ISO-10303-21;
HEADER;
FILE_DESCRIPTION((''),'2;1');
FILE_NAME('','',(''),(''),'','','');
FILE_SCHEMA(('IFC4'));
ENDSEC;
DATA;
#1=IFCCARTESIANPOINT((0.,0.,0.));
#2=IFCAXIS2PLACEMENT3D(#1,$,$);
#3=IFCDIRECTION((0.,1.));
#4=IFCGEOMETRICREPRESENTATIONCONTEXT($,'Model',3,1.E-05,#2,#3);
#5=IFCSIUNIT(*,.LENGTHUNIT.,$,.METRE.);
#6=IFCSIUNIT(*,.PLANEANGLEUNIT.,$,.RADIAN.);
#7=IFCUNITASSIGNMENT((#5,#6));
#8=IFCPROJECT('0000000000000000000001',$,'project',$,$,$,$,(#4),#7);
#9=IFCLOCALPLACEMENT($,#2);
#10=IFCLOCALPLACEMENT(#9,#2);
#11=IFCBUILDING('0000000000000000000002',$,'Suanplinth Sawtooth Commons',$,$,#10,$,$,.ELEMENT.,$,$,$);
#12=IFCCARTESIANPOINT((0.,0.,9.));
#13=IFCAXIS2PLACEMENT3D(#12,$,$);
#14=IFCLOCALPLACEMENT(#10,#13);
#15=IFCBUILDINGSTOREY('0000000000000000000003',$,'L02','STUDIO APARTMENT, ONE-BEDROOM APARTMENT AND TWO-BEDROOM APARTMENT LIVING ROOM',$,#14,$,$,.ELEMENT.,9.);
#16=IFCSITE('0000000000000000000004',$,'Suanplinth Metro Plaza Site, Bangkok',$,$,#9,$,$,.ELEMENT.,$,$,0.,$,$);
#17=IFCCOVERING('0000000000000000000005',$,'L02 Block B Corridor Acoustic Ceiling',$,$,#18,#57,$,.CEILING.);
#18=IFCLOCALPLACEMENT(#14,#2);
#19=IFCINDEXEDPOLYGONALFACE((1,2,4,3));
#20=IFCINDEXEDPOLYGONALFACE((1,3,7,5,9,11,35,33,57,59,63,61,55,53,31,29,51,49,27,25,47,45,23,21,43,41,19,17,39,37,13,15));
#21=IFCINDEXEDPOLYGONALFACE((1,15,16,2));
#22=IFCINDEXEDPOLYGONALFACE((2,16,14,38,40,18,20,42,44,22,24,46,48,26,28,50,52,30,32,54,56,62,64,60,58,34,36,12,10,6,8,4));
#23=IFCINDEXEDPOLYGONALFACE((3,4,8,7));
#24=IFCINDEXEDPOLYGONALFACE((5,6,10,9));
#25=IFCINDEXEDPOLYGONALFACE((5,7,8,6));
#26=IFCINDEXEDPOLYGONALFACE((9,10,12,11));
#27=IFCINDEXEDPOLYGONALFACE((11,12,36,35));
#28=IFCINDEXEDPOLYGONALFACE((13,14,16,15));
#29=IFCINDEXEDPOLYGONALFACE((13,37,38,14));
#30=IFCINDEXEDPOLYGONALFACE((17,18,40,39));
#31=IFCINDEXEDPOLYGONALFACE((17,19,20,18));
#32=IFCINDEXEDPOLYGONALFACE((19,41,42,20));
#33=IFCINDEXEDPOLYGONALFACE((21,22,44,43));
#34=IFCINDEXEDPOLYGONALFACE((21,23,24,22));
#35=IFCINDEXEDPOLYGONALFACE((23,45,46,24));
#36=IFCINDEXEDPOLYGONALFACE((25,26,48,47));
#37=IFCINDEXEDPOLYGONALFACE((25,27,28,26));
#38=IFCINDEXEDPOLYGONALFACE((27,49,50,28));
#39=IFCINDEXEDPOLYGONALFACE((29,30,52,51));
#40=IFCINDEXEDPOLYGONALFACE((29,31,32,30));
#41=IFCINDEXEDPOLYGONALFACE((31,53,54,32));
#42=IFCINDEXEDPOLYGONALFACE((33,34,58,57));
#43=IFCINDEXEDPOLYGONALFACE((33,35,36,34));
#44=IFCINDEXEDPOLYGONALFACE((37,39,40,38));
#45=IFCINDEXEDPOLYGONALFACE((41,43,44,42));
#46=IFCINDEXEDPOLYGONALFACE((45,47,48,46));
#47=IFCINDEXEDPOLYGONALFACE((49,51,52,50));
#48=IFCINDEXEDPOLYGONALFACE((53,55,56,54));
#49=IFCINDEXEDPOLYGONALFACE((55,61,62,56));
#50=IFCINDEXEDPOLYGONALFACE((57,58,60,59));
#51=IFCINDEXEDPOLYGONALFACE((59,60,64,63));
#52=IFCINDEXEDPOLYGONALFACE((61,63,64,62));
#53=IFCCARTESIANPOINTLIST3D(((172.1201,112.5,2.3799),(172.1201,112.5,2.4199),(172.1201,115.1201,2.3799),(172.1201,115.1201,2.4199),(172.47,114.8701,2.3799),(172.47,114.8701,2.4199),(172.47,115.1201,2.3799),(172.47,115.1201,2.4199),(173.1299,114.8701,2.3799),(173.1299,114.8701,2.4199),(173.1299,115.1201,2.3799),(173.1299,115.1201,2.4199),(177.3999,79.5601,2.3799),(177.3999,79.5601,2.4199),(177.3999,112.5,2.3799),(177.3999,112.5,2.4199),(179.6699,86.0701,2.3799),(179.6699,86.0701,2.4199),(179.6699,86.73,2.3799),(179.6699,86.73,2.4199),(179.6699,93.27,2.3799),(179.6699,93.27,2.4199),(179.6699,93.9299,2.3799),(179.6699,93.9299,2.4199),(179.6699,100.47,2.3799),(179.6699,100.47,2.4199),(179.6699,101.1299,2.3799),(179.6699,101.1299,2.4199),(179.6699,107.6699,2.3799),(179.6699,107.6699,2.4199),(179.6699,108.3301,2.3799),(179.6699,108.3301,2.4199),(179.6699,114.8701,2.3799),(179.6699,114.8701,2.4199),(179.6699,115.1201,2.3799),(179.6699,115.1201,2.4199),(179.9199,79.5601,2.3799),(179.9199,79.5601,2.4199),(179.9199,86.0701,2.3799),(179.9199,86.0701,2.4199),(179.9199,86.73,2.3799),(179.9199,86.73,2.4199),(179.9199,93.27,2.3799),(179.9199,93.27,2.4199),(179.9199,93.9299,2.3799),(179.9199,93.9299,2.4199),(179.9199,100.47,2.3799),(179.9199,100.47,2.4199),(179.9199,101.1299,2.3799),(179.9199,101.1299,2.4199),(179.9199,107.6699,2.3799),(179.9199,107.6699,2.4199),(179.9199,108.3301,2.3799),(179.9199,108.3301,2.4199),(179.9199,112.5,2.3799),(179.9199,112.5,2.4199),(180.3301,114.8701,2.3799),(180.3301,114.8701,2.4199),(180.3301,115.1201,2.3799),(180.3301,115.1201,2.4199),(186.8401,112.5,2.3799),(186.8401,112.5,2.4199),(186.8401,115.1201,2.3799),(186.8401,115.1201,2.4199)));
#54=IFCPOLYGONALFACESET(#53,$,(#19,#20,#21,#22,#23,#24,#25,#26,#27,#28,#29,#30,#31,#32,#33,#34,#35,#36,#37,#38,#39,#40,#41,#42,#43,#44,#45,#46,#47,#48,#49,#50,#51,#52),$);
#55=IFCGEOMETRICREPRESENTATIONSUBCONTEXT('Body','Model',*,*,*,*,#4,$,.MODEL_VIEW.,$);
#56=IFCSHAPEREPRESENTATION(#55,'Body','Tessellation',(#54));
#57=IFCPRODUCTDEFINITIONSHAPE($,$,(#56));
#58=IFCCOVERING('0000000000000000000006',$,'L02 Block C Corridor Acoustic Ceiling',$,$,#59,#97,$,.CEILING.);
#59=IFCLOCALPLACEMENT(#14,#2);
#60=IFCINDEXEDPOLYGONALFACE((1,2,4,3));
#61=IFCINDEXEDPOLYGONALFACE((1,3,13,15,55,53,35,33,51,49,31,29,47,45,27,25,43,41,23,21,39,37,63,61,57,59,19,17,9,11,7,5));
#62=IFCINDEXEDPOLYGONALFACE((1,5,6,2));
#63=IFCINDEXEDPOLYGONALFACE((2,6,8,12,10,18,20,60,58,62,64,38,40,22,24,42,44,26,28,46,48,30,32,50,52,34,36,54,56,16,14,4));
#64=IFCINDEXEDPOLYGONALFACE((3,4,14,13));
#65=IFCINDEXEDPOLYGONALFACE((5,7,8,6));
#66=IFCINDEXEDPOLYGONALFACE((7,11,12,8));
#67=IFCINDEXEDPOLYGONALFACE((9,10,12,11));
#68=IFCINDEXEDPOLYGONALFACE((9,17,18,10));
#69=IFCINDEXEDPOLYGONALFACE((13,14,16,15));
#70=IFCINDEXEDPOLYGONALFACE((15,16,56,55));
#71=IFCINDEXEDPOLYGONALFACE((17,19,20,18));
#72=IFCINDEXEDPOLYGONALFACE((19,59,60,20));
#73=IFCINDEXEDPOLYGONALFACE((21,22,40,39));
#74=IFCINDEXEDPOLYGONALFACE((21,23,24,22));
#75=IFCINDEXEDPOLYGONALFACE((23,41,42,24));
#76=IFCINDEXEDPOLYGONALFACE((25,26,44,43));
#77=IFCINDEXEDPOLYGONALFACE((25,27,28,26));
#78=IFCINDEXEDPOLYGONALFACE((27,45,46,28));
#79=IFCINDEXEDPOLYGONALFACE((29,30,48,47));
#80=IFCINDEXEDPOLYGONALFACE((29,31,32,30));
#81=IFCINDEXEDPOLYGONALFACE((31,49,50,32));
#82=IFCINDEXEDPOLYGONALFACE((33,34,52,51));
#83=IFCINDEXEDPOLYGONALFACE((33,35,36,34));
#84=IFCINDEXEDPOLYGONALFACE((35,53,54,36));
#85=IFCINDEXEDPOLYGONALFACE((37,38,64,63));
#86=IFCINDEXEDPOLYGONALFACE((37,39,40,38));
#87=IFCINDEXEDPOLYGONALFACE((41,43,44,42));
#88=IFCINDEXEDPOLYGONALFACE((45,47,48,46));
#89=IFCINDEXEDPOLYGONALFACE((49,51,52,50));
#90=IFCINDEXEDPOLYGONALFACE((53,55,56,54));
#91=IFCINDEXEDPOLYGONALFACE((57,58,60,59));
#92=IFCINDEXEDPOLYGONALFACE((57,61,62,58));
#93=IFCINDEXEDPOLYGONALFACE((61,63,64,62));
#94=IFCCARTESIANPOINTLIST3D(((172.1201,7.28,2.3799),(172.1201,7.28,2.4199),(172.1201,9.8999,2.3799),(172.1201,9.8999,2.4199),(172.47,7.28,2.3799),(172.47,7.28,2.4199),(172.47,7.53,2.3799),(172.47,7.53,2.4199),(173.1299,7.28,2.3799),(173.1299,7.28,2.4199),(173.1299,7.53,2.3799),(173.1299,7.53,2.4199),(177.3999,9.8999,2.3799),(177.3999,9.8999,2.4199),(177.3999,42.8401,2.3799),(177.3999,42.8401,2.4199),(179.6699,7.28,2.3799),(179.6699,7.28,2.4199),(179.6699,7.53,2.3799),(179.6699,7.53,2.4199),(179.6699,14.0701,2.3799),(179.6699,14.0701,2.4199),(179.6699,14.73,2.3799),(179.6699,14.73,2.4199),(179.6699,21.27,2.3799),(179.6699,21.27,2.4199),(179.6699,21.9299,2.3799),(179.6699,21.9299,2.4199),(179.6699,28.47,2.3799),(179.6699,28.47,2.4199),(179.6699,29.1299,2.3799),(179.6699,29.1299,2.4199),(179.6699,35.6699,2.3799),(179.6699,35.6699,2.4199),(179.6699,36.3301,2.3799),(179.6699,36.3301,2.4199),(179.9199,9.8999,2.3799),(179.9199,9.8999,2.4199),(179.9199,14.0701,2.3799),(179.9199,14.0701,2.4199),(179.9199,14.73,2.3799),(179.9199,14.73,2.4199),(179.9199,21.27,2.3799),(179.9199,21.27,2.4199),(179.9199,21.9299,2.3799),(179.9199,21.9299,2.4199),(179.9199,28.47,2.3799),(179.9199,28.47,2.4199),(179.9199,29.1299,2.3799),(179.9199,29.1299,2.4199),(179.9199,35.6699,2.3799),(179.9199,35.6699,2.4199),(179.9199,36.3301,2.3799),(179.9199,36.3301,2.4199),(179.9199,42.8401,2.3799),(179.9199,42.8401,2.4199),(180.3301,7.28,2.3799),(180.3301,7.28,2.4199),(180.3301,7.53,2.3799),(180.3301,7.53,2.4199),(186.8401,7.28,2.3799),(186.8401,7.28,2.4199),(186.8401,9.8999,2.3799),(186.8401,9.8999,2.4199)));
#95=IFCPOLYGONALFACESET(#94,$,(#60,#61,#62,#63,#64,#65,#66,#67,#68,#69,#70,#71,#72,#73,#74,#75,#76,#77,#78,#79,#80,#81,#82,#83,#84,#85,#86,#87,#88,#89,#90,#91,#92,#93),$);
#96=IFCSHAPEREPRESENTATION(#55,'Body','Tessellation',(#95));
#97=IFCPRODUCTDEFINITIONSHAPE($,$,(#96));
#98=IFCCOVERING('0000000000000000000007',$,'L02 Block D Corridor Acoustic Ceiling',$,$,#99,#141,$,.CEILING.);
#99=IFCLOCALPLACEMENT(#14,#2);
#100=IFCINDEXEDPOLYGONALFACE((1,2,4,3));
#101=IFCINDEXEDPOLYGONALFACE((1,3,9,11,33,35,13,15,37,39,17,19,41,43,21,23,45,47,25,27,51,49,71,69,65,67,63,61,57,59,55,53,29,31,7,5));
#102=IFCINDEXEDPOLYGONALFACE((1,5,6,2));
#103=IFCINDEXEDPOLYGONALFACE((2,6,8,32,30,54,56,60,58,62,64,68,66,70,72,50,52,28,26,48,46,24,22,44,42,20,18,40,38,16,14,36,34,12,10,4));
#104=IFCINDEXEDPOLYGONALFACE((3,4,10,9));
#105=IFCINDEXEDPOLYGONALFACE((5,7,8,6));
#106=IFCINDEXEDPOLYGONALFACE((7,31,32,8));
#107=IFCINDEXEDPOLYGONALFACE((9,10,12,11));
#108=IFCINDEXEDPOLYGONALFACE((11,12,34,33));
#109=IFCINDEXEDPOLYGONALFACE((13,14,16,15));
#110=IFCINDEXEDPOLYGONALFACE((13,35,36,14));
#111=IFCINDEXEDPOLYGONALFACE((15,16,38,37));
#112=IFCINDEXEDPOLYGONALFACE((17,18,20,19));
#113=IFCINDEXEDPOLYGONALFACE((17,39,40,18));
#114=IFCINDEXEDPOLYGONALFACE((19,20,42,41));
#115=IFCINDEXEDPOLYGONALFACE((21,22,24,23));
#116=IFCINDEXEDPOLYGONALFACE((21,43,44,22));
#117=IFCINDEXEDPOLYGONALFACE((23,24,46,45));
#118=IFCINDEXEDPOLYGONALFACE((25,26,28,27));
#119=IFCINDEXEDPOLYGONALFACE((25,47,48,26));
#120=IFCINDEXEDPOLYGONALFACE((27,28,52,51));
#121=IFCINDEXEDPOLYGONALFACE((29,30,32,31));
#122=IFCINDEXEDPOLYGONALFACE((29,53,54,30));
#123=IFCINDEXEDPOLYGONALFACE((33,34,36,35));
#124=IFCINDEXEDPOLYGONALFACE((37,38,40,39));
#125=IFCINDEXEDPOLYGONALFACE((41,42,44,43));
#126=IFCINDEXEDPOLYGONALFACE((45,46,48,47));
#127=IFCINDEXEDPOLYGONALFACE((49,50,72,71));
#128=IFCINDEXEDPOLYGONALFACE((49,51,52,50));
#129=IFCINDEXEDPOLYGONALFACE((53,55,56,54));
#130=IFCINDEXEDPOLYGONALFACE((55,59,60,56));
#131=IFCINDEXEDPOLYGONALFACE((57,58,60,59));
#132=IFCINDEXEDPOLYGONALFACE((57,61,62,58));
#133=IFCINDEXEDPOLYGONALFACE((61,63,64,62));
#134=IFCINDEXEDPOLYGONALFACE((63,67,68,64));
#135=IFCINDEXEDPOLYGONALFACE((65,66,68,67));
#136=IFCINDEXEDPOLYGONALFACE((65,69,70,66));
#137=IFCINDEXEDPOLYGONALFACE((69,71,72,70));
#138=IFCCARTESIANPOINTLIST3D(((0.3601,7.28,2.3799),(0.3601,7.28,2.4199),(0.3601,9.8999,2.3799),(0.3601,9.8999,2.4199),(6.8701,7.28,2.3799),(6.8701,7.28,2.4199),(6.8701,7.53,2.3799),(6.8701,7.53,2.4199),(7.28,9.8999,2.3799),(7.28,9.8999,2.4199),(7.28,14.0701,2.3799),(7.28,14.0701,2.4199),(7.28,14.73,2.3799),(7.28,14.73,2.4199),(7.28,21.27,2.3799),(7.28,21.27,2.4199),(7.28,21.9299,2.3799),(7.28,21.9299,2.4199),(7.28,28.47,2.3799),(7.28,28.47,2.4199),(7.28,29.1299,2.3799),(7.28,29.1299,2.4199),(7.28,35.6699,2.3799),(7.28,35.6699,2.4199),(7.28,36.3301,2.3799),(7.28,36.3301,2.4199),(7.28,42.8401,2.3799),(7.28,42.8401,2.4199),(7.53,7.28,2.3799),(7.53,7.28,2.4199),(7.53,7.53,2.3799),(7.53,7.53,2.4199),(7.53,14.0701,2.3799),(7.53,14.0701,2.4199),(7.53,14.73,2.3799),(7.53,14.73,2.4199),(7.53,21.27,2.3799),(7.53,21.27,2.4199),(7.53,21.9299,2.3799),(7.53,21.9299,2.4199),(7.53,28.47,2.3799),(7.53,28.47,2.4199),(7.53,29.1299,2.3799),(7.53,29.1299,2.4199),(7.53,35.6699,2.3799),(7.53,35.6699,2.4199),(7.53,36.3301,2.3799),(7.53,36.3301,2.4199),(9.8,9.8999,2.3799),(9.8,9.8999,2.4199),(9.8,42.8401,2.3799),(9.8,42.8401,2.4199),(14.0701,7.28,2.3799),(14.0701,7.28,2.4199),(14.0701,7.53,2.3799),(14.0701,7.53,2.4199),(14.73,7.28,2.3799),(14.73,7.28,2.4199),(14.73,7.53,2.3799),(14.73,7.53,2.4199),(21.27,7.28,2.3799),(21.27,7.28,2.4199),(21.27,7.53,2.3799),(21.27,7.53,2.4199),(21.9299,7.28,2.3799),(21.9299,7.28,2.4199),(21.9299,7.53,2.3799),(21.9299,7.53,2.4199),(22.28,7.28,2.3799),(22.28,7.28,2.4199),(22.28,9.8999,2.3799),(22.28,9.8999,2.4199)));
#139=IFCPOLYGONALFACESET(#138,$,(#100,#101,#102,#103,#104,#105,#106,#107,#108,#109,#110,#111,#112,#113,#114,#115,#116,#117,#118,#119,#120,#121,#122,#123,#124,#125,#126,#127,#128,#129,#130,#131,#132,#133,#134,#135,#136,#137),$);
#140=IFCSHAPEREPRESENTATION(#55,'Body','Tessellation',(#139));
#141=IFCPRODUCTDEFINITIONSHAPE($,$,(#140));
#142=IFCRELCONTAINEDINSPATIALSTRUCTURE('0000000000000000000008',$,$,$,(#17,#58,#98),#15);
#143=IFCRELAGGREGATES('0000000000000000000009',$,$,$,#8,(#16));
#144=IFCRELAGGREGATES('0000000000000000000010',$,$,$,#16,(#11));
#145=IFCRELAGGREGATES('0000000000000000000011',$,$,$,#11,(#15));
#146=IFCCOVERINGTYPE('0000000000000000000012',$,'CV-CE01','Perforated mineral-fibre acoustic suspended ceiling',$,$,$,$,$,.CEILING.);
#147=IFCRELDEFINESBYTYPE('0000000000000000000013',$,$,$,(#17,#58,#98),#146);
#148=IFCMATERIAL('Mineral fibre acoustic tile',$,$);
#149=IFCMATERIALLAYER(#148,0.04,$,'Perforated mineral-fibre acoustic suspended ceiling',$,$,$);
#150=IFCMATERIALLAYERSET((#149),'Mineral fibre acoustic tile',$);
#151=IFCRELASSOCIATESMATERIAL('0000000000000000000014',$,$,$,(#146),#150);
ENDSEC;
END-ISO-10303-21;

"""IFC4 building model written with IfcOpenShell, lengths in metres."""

from ifc_helpers import new_model, si_unit, direction, frame, origin, place, context, subcontext, project, spatial, polyline, outline, extrude, material, layer, layer_set, type_object, element, save


model = new_model("IFC4")

# Units and contexts
model_context = context("Model", 3, precision=1e-05, world=origin(), true_north=direction((0.0, 1.0)))
body_context = subcontext(model_context, "Body", "Model", "MODEL_VIEW")
ifc_project = project(units=[si_unit("LENGTHUNIT", "METRE"), si_unit("PLANEANGLEUNIT", "RADIAN")], contexts=[model_context])

# Site, building, storey
site_placement = place(None, origin())
site = spatial("IfcSite", under=ifc_project, at=site_placement, Name="Suanplinth Metro Plaza Site, Bangkok", CompositionType="ELEMENT", RefElevation=0.0)
building_placement = place(site_placement, origin())
building = spatial("IfcBuilding", under=site, at=building_placement, Name="Suanplinth Sawtooth Commons", CompositionType="ELEMENT")
storey_placement = place(building_placement, frame((0.0, 0.0, 9.0)))
storey = spatial("IfcBuildingStorey", under=building, at=storey_placement, Name="L02", Description="STUDIO APARTMENT, ONE-BEDROOM APARTMENT AND TWO-BEDROOM APARTMENT LIVING ROOM", CompositionType="ELEMENT", Elevation=9.0)

# Coverings
ifc_material_1 = material(Name="Mineral fibre acoustic tile")
ifc_layer_1 = layer(ifc_material_1, 0.04, Name="Perforated mineral-fibre acoustic suspended ceiling")
ifc_layer_set_1 = layer_set([ifc_layer_1], Name="Mineral fibre acoustic tile")
covering_type = type_object("IfcCoveringType", Name="CV-CE01", Description="Perforated mineral-fibre acoustic suspended ceiling", PredefinedType="CEILING", material=ifc_layer_set_1)
covering_1_placement = place(storey_placement, frame((0.0, 0.0, 2.3799)))
element("IfcCovering", 1, at=covering_1_placement, inside=storey, type_object=covering_type, Name="L02 Block B Corridor Acoustic Ceiling", PredefinedType="CEILING", context=body_context, shape_type="SweptSolid", body=[
    extrude(outline(polyline([(172.47, 115.1201), (172.47, 114.8701), (173.1299, 114.8701), (173.1299, 115.1201), (179.6699, 115.1201), (179.6699, 114.8701), (180.3301, 114.8701), (180.3301, 115.1201), (186.8401, 115.1201), (186.8401, 112.5), (179.9199, 112.5), (179.9199, 108.3301), (179.6699, 108.3301), (179.6699, 107.6699), (179.9199, 107.6699), (179.9199, 101.1299), (179.6699, 101.1299), (179.6699, 100.47), (179.9199, 100.47), (179.9199, 93.9299), (179.6699, 93.9299), (179.6699, 93.27), (179.9199, 93.27), (179.9199, 86.73), (179.6699, 86.73), (179.6699, 86.0701), (179.9199, 86.0701), (179.9199, 79.5601), (177.3999, 79.5601), (177.3999, 112.5), (172.1201, 112.5), (172.1201, 115.1201), (172.47, 115.1201)])), origin(), (0.0, 0.0, 1.0), 0.04),
])
covering_2_placement = place(storey_placement, frame((0.0, 0.0, 2.3799)))
element("IfcCovering", 2, at=covering_2_placement, inside=storey, type_object=covering_type, Name="L02 Block C Corridor Acoustic Ceiling", PredefinedType="CEILING", context=body_context, shape_type="SweptSolid", body=[
    extrude(outline(polyline([(172.1201, 9.8999), (177.3999, 9.8999), (177.3999, 42.8401), (179.9199, 42.8401), (179.9199, 36.3301), (179.6699, 36.3301), (179.6699, 35.6699), (179.9199, 35.6699), (179.9199, 29.1299), (179.6699, 29.1299), (179.6699, 28.47), (179.9199, 28.47), (179.9199, 21.9299), (179.6699, 21.9299), (179.6699, 21.27), (179.9199, 21.27), (179.9199, 14.73), (179.6699, 14.73), (179.6699, 14.0701), (179.9199, 14.0701), (179.9199, 9.8999), (186.8401, 9.8999), (186.8401, 7.28), (180.3301, 7.28), (180.3301, 7.53), (179.6699, 7.53), (179.6699, 7.28), (173.1299, 7.28), (173.1299, 7.53), (172.47, 7.53), (172.47, 7.28), (172.1201, 7.28), (172.1201, 9.8999)])), origin(), (0.0, 0.0, 1.0), 0.04),
])
covering_3_placement = place(storey_placement, frame((0.0, 0.0, 2.3799)))
element("IfcCovering", 3, at=covering_3_placement, inside=storey, type_object=covering_type, Name="L02 Block D Corridor Acoustic Ceiling", PredefinedType="CEILING", context=body_context, shape_type="SweptSolid", body=[
    extrude(outline(polyline([(0.3601, 9.8999), (7.28, 9.8999), (7.28, 14.0701), (7.53, 14.0701), (7.53, 14.73), (7.28, 14.73), (7.28, 21.27), (7.53, 21.27), (7.53, 21.9299), (7.28, 21.9299), (7.28, 28.47), (7.53, 28.47), (7.53, 29.1299), (7.28, 29.1299), (7.28, 35.6699), (7.53, 35.6699), (7.53, 36.3301), (7.28, 36.3301), (7.28, 42.8401), (9.8, 42.8401), (9.8, 9.8999), (22.28, 9.8999), (22.28, 7.28), (21.9299, 7.28), (21.9299, 7.53), (21.27, 7.53), (21.27, 7.28), (14.73, 7.28), (14.73, 7.53), (14.0701, 7.53), (14.0701, 7.28), (7.53, 7.28), (7.53, 7.53), (6.8701, 7.53), (6.8701, 7.28), (0.3601, 7.28), (0.3601, 9.8999)])), origin(), (0.0, 0.0, 1.0), 0.04),
])

save(model, "model.ifc")
